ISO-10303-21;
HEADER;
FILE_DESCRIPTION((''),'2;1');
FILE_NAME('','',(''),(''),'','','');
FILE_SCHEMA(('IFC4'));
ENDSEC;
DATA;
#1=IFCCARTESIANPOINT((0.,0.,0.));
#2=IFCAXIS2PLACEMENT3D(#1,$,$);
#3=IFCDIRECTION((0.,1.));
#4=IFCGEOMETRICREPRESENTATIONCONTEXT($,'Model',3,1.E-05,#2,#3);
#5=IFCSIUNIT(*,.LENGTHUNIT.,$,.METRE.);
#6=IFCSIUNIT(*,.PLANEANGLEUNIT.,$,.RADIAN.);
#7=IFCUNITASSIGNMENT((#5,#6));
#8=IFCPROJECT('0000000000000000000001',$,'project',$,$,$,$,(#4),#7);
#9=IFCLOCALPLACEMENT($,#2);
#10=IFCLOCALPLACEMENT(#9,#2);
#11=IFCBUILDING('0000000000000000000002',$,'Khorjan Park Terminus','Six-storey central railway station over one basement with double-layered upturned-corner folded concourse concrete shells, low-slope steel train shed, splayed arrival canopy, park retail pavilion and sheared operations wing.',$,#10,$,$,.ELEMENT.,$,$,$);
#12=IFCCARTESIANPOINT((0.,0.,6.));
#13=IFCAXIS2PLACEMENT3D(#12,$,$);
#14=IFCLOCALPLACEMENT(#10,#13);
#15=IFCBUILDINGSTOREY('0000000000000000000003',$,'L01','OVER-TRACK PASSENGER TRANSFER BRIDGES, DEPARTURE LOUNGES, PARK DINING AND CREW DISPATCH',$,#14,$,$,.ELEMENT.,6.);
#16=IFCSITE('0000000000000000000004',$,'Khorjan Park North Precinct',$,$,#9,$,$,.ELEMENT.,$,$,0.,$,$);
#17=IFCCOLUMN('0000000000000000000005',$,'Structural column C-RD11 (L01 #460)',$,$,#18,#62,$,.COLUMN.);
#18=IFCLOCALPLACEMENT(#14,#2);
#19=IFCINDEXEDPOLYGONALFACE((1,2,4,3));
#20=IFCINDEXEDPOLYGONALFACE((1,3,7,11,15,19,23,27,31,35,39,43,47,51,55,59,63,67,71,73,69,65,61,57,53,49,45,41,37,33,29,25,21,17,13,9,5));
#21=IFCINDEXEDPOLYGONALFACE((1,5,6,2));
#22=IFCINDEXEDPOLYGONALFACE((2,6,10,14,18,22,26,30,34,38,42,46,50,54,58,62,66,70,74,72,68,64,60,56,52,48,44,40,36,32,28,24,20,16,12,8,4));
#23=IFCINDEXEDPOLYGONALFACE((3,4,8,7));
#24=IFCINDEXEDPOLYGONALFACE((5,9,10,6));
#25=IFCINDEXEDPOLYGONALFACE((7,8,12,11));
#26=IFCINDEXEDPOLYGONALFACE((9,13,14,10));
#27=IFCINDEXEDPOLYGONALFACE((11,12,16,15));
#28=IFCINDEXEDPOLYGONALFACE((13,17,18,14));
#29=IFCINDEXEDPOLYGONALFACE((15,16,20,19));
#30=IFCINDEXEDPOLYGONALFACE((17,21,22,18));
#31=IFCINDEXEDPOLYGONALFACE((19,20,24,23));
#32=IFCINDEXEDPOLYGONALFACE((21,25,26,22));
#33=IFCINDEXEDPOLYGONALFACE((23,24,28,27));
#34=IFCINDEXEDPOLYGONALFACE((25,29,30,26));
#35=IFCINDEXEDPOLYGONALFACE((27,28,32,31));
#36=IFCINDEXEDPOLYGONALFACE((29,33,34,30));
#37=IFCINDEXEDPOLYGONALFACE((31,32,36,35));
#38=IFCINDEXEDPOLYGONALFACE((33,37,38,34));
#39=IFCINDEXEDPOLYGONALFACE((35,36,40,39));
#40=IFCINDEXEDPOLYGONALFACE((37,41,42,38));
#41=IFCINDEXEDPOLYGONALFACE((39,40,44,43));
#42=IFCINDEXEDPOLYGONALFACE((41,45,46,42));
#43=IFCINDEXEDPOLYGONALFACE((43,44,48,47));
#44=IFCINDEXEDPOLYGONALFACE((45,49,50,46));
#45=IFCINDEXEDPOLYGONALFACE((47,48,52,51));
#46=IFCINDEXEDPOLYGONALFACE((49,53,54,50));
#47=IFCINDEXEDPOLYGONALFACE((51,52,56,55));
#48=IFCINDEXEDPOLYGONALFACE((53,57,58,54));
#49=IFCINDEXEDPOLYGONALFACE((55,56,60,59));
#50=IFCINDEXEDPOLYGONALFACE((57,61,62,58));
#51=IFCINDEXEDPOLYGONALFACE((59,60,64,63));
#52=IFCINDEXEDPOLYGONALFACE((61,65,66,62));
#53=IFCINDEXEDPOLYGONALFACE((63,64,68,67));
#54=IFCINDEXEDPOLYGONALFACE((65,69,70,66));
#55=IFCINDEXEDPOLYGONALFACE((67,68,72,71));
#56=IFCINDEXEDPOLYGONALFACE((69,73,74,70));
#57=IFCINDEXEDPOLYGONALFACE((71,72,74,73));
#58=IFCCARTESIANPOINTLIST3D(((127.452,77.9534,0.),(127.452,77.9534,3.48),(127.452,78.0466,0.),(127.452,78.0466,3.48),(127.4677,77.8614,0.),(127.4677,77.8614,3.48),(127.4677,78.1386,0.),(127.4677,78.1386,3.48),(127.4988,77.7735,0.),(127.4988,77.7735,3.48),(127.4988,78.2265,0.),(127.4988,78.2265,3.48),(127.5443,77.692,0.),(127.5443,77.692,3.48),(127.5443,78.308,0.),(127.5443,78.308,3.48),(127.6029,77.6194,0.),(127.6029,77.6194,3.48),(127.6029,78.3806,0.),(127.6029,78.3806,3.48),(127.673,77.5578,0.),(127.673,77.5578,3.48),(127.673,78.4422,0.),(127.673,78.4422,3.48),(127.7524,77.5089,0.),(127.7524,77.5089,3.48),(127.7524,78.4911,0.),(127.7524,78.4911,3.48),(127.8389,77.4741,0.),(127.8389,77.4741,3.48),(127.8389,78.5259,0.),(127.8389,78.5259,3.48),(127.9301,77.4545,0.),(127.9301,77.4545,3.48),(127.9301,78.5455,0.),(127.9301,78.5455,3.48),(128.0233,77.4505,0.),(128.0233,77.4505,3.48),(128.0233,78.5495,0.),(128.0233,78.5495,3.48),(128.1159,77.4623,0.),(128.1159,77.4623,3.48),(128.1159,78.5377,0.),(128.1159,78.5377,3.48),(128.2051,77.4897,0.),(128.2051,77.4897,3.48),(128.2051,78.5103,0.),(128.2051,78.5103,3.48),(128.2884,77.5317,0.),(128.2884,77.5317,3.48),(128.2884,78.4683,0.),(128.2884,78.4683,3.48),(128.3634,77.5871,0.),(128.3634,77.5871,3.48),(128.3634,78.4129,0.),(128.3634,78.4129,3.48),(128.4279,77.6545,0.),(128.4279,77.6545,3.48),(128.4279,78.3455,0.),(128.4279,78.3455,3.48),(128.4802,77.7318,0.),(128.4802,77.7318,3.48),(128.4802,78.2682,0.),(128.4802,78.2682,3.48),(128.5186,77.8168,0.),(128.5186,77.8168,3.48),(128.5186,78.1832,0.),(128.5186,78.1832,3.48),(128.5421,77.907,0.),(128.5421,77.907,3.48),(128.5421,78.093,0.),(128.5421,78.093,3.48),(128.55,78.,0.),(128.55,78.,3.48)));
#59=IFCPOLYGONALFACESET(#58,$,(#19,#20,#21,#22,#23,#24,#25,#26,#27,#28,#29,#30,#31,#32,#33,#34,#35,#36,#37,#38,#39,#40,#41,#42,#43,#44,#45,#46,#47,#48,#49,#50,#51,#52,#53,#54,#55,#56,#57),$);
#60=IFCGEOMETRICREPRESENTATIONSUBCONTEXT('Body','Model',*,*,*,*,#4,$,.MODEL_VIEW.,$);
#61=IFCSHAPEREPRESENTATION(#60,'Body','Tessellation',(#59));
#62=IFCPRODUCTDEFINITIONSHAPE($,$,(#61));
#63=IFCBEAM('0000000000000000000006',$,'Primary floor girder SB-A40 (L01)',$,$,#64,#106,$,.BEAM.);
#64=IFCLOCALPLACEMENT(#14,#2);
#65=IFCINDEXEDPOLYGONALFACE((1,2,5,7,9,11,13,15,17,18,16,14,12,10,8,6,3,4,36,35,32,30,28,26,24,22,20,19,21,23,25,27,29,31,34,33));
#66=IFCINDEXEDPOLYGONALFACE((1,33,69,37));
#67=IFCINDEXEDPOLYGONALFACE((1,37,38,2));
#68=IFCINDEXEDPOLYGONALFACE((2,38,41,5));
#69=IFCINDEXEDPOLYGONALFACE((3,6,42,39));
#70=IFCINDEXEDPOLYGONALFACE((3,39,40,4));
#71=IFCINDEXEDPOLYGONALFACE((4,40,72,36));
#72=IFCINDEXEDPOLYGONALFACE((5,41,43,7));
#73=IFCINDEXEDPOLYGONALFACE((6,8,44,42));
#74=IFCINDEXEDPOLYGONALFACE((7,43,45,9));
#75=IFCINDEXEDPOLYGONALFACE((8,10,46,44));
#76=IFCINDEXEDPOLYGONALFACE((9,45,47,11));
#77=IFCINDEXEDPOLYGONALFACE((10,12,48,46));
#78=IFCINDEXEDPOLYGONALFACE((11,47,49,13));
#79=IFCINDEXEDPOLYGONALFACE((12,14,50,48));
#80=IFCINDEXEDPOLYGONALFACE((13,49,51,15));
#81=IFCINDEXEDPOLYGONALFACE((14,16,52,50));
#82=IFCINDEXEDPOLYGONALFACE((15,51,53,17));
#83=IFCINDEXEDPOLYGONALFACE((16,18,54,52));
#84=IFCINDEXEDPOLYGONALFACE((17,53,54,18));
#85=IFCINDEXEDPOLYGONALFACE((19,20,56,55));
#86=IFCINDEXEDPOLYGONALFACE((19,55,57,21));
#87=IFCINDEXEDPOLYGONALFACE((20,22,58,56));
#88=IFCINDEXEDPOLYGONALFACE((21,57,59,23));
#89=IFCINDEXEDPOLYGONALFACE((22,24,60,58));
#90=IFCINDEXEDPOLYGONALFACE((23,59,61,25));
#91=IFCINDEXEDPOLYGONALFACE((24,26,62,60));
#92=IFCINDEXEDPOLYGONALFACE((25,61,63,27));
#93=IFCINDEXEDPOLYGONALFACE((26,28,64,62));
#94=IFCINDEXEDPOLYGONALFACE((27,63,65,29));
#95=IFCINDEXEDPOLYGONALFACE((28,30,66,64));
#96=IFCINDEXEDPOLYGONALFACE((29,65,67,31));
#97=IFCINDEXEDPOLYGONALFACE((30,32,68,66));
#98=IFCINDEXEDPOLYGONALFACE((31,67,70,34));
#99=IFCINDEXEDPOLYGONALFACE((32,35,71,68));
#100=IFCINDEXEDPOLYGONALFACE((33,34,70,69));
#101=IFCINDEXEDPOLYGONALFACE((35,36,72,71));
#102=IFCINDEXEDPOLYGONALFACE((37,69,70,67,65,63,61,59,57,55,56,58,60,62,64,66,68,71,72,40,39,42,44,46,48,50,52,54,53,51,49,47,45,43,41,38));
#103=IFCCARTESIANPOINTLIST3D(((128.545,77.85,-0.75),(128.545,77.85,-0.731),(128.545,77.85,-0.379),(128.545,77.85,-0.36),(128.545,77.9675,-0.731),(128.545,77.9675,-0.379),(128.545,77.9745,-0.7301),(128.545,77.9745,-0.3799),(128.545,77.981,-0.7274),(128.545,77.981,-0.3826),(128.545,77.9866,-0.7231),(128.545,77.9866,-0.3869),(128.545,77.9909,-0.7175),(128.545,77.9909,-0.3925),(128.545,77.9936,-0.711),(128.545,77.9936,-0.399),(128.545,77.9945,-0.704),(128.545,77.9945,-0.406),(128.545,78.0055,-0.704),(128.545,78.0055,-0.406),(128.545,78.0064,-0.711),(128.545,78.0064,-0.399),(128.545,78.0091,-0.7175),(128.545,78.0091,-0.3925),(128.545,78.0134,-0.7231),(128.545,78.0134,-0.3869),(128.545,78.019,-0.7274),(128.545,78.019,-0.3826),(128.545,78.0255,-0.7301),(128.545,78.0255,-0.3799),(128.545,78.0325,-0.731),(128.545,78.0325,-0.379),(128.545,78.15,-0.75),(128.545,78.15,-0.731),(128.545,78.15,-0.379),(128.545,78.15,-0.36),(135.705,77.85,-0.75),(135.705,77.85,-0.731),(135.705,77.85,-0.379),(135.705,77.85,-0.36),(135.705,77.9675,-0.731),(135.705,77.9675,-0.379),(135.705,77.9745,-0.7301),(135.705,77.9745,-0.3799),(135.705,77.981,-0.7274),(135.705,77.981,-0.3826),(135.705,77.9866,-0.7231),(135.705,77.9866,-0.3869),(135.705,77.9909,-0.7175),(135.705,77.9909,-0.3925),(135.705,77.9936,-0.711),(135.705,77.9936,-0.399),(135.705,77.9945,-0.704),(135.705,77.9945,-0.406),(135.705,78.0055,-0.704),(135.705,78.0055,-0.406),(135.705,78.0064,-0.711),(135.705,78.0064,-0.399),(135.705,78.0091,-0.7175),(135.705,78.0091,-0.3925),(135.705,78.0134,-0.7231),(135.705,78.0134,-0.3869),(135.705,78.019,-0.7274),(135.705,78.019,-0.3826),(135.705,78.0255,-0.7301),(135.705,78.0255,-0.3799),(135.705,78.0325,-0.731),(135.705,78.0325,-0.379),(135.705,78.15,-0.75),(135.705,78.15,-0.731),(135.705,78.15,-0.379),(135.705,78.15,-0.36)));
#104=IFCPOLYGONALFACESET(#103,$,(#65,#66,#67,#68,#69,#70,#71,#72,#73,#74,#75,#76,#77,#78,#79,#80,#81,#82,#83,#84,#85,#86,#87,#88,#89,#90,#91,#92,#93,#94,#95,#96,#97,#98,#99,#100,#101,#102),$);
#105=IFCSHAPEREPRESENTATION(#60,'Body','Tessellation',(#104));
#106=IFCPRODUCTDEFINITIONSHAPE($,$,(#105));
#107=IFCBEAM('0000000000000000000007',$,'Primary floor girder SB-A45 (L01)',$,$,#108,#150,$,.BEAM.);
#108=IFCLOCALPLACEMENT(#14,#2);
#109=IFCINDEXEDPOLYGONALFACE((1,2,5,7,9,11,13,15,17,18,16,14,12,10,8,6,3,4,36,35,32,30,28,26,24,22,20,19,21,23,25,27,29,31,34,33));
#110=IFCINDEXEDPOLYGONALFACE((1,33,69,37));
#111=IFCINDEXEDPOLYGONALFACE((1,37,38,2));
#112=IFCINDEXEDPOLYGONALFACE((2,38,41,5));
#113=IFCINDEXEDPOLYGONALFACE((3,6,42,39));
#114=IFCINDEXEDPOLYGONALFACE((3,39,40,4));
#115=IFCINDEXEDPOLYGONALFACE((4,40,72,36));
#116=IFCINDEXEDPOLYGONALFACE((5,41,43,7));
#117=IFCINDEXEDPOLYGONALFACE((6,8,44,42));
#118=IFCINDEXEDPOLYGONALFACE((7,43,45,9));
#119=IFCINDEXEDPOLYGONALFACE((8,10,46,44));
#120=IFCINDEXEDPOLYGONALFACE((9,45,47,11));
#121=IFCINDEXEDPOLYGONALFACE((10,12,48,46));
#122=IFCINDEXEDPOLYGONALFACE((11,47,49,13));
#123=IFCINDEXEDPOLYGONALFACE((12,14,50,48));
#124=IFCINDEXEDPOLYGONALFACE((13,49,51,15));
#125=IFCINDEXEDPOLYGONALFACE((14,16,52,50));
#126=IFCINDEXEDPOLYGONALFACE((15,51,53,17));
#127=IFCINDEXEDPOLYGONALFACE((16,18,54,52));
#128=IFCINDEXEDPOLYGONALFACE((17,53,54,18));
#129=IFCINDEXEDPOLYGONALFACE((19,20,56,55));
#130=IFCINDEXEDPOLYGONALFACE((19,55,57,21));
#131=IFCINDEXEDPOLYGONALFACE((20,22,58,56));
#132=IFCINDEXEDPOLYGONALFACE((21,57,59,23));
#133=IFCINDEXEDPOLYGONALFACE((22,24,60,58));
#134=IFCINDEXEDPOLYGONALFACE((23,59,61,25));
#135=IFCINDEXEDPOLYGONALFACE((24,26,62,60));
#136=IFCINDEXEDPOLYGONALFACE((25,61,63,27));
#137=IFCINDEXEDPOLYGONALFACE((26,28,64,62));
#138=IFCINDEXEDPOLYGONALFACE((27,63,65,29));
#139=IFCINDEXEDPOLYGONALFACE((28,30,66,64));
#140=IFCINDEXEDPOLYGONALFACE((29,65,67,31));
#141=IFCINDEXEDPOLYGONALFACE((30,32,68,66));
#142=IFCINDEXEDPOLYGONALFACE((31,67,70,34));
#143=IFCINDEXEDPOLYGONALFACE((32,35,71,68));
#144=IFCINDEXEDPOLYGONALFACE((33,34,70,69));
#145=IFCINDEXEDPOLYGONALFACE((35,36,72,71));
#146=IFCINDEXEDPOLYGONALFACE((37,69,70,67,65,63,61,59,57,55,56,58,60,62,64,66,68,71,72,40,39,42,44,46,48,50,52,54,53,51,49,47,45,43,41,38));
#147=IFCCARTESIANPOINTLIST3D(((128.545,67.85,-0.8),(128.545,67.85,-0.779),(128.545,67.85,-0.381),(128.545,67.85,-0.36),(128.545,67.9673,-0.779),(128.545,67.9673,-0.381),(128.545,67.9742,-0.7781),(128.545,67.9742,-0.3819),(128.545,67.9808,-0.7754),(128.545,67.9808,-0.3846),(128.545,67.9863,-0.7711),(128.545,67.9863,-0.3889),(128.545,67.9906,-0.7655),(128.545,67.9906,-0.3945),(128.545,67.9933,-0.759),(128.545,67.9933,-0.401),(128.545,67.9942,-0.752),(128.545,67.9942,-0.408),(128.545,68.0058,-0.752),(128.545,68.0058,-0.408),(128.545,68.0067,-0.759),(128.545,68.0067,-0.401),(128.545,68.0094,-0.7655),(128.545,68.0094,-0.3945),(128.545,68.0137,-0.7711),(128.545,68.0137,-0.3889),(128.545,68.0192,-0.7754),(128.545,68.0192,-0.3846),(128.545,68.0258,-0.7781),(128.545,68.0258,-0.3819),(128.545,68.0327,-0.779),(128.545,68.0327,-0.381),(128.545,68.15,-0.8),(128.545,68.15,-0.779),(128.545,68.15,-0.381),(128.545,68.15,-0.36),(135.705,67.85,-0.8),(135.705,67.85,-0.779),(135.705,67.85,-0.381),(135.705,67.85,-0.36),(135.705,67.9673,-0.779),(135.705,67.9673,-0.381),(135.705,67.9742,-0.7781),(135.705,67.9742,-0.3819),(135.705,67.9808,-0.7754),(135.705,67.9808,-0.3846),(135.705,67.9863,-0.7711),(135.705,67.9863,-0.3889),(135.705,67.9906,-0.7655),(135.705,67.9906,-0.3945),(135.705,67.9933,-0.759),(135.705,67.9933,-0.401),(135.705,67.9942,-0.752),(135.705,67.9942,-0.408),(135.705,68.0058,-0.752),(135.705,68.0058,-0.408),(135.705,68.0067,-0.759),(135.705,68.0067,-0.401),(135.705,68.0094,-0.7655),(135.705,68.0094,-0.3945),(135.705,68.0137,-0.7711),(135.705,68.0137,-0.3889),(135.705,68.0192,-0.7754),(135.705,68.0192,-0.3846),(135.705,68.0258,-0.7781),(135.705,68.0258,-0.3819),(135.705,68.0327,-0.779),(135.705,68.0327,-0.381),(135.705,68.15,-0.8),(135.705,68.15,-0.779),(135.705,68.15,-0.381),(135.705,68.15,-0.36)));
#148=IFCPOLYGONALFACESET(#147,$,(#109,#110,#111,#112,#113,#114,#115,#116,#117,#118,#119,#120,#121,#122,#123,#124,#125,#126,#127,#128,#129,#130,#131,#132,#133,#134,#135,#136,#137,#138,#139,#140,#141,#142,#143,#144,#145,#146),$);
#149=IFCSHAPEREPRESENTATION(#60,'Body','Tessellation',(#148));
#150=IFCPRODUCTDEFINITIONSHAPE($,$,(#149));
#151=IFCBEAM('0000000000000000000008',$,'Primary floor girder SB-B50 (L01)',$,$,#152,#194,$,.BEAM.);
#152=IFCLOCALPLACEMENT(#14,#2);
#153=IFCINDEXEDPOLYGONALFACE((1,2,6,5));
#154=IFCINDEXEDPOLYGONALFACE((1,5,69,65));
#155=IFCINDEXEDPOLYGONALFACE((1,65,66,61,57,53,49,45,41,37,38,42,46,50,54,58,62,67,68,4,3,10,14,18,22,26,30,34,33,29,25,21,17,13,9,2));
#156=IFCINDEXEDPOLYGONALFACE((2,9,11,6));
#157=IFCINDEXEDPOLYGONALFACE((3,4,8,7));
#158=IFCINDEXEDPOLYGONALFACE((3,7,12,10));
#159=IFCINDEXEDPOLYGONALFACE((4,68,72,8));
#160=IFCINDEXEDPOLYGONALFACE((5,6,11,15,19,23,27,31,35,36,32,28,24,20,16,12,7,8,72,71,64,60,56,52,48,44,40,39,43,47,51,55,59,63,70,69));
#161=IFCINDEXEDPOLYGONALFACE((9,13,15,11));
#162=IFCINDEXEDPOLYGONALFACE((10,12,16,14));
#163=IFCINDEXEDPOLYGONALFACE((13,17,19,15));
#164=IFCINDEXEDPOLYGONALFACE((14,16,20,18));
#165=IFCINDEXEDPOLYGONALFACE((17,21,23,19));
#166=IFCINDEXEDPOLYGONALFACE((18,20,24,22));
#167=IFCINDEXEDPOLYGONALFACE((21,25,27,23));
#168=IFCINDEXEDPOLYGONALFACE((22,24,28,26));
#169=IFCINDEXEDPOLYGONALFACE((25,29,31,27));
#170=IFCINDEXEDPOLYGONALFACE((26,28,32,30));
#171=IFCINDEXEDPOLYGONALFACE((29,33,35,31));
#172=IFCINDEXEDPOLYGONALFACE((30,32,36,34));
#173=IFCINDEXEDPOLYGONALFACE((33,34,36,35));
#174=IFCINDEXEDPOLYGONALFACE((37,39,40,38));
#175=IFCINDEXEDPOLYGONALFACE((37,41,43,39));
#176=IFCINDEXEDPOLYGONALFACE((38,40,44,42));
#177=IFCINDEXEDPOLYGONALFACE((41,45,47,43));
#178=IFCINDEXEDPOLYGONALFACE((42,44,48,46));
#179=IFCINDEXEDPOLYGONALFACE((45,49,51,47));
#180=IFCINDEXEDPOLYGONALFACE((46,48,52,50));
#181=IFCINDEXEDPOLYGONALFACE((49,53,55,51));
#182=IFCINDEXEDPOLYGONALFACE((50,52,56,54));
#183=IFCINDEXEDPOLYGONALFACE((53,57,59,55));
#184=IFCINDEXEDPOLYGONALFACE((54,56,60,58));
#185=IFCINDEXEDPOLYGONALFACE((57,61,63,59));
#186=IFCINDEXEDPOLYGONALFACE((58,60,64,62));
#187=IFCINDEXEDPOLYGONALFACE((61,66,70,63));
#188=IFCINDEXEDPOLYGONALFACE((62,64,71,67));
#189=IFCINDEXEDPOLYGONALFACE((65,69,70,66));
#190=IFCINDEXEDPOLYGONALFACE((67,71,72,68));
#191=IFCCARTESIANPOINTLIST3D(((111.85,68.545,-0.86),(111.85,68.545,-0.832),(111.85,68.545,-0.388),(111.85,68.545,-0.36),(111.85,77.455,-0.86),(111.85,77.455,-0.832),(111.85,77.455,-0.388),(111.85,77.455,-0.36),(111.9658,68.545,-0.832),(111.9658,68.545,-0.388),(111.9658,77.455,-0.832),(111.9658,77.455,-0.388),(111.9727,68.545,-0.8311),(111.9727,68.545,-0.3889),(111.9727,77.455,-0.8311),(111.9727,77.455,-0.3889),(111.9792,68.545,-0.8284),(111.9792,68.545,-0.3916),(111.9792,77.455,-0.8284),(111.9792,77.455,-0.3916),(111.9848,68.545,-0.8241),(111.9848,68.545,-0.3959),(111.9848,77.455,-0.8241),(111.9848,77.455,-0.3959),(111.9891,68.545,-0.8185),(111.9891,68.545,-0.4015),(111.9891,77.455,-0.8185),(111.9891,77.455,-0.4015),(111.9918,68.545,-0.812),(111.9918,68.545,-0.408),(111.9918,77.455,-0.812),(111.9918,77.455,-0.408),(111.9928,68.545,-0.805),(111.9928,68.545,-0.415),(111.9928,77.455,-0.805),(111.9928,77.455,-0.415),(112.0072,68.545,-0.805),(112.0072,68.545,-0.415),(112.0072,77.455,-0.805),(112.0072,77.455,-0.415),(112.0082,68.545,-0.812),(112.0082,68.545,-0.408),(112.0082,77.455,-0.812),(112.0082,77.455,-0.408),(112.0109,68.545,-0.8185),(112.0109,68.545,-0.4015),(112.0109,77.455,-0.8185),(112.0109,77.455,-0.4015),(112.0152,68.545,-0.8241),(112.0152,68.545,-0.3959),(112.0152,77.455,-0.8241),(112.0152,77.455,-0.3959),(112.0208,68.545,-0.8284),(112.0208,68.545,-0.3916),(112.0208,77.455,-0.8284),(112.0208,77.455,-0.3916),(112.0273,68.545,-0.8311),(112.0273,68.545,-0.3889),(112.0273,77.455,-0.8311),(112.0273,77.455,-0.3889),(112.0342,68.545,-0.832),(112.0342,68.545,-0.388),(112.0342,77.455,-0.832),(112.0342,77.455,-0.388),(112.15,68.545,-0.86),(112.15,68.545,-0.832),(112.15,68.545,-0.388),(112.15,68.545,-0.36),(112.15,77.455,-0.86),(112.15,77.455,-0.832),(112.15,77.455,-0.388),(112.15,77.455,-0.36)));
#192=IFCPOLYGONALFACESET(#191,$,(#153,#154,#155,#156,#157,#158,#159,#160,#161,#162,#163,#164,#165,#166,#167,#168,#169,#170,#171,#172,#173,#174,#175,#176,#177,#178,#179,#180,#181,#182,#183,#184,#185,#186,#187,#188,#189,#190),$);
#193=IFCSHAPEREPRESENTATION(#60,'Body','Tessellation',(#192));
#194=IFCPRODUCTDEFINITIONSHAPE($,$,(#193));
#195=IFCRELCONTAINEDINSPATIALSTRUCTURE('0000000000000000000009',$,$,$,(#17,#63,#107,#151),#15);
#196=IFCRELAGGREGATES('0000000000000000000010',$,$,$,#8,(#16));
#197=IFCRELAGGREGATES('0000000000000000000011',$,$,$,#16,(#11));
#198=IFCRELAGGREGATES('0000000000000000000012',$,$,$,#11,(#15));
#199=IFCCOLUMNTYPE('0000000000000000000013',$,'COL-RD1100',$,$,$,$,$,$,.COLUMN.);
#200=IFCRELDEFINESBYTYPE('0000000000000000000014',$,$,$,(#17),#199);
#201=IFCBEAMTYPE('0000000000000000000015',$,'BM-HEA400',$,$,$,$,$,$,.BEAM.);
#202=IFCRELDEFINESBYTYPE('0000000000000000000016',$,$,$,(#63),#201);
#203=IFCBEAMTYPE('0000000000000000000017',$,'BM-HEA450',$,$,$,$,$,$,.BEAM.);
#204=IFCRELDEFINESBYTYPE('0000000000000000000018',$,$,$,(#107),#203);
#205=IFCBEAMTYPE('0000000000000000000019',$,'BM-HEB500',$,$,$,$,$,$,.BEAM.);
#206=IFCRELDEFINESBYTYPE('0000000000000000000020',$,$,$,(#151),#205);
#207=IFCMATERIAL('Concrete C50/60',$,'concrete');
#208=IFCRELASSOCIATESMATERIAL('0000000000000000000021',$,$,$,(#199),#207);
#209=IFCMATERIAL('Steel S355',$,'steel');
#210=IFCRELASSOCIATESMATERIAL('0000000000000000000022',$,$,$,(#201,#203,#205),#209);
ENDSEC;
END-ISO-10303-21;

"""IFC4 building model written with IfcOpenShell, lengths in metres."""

from ifc_helpers import new_model, si_unit, direction, frame, origin, origin_2d, place, context, subcontext, project, spatial, circle, i_section, extrude, material, material_profile, profile_set, type_object, element, save


model = new_model("IFC4")

# Units and contexts
model_context = context("Model", 3, precision=1e-05, world=origin(), true_north=direction((0.0, 1.0)))
body_context = subcontext(model_context, "Body", "Model", "MODEL_VIEW")
ifc_project = project(units=[si_unit("LENGTHUNIT", "METRE"), si_unit("PLANEANGLEUNIT", "RADIAN")], contexts=[model_context])

# Site, building, storey
site_placement = place(None, origin())
site = spatial("IfcSite", under=ifc_project, at=site_placement, Name="Khorjan Park North Precinct", CompositionType="ELEMENT", RefElevation=0.0)
building_placement = place(site_placement, origin())
building = spatial("IfcBuilding", under=site, at=building_placement, Name="Khorjan Park Terminus", Description="Six-storey central railway station over one basement with double-layered upturned-corner folded concourse concrete shells, low-slope steel train shed, splayed arrival canopy, park retail pavilion and sheared operations wing.", CompositionType="ELEMENT")
storey_placement = place(building_placement, frame((0.0, 0.0, 6.0)))
storey = spatial("IfcBuildingStorey", under=building, at=storey_placement, Name="L01", Description="OVER-TRACK PASSENGER TRANSFER BRIDGES, DEPARTURE LOUNGES, PARK DINING AND CREW DISPATCH", CompositionType="ELEMENT", Elevation=6.0)

# Column
ifc_material_1 = material(Name="Concrete C50/60", Category="concrete")
ifc_material_profile_1 = material_profile(ifc_material_1, circle(Radius=0.55, at=origin_2d()), Name="RC D1100")
ifc_profile_set_1 = profile_set([ifc_material_profile_1], Name="Concrete C50/60")
column_type_1 = type_object("IfcColumnType", Name="COL-RD1100", PredefinedType="COLUMN", material=ifc_profile_set_1)
column_1_placement = place(storey_placement, frame((128.0, 78.0, 0.0), z_axis=(0.0, 0.0, 1.0), x_axis=(1.0, 0.0, 0.0)))
element("IfcColumn", 1, at=column_1_placement, inside=storey, type_object=column_type_1, Name="Structural column C-RD11 (L01 #460)", PredefinedType="COLUMN", context=body_context, shape_type="SweptSolid", body=[
    extrude(circle(Radius=0.55, at=origin_2d()), origin(), (0.0, 0.0, 1.0), 3.48),
])

# Beams
ifc_material_2 = material(Name="Steel S355", Category="steel")
ifc_material_profile_2 = material_profile(ifc_material_2, i_section(OverallWidth=0.3, OverallDepth=0.39, WebThickness=0.011, FlangeThickness=0.019, FilletRadius=0.027, at=origin_2d()), Name="HEA 400")
ifc_profile_set_2 = profile_set([ifc_material_profile_2], Name="Steel S355")
beam_type_1 = type_object("IfcBeamType", Name="BM-HEA400", PredefinedType="BEAM", material=ifc_profile_set_2)
beam_1_placement = place(storey_placement, frame((128.545, 78.0, -0.555), z_axis=(1.0, 0.0, 0.0), x_axis=(0.0, 1.0, 0.0)))
element("IfcBeam", 2, at=beam_1_placement, inside=storey, type_object=beam_type_1, Name="Primary floor girder SB-A40 (L01)", PredefinedType="BEAM", context=body_context, shape_type="SweptSolid", body=[
    extrude(i_section(OverallWidth=0.3, OverallDepth=0.39, WebThickness=0.011, FlangeThickness=0.019, FilletRadius=0.027, at=origin_2d()), origin(), (0.0, 0.0, 1.0), 7.16),
])
ifc_material_profile_3 = material_profile(ifc_material_2, i_section(OverallWidth=0.3, OverallDepth=0.44, WebThickness=0.0115, FlangeThickness=0.021, FilletRadius=0.027, at=origin_2d()), Name="HEA 450")
ifc_profile_set_3 = profile_set([ifc_material_profile_3], Name="Steel S355")
beam_type_2 = type_object("IfcBeamType", Name="BM-HEA450", PredefinedType="BEAM", material=ifc_profile_set_3)
beam_2_placement = place(storey_placement, frame((128.545, 68.0, -0.58), z_axis=(1.0, 0.0, 0.0), x_axis=(0.0, 1.0, 0.0)))
element("IfcBeam", 3, at=beam_2_placement, inside=storey, type_object=beam_type_2, Name="Primary floor girder SB-A45 (L01)", PredefinedType="BEAM", context=body_context, shape_type="SweptSolid", body=[
    extrude(i_section(OverallWidth=0.3, OverallDepth=0.44, WebThickness=0.0115, FlangeThickness=0.021, FilletRadius=0.027, at=origin_2d()), origin(), (0.0, 0.0, 1.0), 7.16),
])
ifc_material_profile_4 = material_profile(ifc_material_2, i_section(OverallWidth=0.3, OverallDepth=0.5, WebThickness=0.0145, FlangeThickness=0.028, FilletRadius=0.027, at=origin_2d()), Name="HEB 500")
ifc_profile_set_4 = profile_set([ifc_material_profile_4], Name="Steel S355")
beam_type_3 = type_object("IfcBeamType", Name="BM-HEB500", PredefinedType="BEAM", material=ifc_profile_set_4)
beam_3_placement = place(storey_placement, frame((112.0, 68.545, -0.61), z_axis=(0.0, 1.0, 0.0), x_axis=(-1.0, 0.0, 0.0)))
element("IfcBeam", 4, at=beam_3_placement, inside=storey, type_object=beam_type_3, Name="Primary floor girder SB-B50 (L01)", PredefinedType="BEAM", context=body_context, shape_type="SweptSolid", body=[
    extrude(i_section(OverallWidth=0.3, OverallDepth=0.5, WebThickness=0.0145, FlangeThickness=0.028, FilletRadius=0.027, at=origin_2d()), origin(), (0.0, 0.0, 1.0), 8.91),
])

save(model, "model.ifc")
